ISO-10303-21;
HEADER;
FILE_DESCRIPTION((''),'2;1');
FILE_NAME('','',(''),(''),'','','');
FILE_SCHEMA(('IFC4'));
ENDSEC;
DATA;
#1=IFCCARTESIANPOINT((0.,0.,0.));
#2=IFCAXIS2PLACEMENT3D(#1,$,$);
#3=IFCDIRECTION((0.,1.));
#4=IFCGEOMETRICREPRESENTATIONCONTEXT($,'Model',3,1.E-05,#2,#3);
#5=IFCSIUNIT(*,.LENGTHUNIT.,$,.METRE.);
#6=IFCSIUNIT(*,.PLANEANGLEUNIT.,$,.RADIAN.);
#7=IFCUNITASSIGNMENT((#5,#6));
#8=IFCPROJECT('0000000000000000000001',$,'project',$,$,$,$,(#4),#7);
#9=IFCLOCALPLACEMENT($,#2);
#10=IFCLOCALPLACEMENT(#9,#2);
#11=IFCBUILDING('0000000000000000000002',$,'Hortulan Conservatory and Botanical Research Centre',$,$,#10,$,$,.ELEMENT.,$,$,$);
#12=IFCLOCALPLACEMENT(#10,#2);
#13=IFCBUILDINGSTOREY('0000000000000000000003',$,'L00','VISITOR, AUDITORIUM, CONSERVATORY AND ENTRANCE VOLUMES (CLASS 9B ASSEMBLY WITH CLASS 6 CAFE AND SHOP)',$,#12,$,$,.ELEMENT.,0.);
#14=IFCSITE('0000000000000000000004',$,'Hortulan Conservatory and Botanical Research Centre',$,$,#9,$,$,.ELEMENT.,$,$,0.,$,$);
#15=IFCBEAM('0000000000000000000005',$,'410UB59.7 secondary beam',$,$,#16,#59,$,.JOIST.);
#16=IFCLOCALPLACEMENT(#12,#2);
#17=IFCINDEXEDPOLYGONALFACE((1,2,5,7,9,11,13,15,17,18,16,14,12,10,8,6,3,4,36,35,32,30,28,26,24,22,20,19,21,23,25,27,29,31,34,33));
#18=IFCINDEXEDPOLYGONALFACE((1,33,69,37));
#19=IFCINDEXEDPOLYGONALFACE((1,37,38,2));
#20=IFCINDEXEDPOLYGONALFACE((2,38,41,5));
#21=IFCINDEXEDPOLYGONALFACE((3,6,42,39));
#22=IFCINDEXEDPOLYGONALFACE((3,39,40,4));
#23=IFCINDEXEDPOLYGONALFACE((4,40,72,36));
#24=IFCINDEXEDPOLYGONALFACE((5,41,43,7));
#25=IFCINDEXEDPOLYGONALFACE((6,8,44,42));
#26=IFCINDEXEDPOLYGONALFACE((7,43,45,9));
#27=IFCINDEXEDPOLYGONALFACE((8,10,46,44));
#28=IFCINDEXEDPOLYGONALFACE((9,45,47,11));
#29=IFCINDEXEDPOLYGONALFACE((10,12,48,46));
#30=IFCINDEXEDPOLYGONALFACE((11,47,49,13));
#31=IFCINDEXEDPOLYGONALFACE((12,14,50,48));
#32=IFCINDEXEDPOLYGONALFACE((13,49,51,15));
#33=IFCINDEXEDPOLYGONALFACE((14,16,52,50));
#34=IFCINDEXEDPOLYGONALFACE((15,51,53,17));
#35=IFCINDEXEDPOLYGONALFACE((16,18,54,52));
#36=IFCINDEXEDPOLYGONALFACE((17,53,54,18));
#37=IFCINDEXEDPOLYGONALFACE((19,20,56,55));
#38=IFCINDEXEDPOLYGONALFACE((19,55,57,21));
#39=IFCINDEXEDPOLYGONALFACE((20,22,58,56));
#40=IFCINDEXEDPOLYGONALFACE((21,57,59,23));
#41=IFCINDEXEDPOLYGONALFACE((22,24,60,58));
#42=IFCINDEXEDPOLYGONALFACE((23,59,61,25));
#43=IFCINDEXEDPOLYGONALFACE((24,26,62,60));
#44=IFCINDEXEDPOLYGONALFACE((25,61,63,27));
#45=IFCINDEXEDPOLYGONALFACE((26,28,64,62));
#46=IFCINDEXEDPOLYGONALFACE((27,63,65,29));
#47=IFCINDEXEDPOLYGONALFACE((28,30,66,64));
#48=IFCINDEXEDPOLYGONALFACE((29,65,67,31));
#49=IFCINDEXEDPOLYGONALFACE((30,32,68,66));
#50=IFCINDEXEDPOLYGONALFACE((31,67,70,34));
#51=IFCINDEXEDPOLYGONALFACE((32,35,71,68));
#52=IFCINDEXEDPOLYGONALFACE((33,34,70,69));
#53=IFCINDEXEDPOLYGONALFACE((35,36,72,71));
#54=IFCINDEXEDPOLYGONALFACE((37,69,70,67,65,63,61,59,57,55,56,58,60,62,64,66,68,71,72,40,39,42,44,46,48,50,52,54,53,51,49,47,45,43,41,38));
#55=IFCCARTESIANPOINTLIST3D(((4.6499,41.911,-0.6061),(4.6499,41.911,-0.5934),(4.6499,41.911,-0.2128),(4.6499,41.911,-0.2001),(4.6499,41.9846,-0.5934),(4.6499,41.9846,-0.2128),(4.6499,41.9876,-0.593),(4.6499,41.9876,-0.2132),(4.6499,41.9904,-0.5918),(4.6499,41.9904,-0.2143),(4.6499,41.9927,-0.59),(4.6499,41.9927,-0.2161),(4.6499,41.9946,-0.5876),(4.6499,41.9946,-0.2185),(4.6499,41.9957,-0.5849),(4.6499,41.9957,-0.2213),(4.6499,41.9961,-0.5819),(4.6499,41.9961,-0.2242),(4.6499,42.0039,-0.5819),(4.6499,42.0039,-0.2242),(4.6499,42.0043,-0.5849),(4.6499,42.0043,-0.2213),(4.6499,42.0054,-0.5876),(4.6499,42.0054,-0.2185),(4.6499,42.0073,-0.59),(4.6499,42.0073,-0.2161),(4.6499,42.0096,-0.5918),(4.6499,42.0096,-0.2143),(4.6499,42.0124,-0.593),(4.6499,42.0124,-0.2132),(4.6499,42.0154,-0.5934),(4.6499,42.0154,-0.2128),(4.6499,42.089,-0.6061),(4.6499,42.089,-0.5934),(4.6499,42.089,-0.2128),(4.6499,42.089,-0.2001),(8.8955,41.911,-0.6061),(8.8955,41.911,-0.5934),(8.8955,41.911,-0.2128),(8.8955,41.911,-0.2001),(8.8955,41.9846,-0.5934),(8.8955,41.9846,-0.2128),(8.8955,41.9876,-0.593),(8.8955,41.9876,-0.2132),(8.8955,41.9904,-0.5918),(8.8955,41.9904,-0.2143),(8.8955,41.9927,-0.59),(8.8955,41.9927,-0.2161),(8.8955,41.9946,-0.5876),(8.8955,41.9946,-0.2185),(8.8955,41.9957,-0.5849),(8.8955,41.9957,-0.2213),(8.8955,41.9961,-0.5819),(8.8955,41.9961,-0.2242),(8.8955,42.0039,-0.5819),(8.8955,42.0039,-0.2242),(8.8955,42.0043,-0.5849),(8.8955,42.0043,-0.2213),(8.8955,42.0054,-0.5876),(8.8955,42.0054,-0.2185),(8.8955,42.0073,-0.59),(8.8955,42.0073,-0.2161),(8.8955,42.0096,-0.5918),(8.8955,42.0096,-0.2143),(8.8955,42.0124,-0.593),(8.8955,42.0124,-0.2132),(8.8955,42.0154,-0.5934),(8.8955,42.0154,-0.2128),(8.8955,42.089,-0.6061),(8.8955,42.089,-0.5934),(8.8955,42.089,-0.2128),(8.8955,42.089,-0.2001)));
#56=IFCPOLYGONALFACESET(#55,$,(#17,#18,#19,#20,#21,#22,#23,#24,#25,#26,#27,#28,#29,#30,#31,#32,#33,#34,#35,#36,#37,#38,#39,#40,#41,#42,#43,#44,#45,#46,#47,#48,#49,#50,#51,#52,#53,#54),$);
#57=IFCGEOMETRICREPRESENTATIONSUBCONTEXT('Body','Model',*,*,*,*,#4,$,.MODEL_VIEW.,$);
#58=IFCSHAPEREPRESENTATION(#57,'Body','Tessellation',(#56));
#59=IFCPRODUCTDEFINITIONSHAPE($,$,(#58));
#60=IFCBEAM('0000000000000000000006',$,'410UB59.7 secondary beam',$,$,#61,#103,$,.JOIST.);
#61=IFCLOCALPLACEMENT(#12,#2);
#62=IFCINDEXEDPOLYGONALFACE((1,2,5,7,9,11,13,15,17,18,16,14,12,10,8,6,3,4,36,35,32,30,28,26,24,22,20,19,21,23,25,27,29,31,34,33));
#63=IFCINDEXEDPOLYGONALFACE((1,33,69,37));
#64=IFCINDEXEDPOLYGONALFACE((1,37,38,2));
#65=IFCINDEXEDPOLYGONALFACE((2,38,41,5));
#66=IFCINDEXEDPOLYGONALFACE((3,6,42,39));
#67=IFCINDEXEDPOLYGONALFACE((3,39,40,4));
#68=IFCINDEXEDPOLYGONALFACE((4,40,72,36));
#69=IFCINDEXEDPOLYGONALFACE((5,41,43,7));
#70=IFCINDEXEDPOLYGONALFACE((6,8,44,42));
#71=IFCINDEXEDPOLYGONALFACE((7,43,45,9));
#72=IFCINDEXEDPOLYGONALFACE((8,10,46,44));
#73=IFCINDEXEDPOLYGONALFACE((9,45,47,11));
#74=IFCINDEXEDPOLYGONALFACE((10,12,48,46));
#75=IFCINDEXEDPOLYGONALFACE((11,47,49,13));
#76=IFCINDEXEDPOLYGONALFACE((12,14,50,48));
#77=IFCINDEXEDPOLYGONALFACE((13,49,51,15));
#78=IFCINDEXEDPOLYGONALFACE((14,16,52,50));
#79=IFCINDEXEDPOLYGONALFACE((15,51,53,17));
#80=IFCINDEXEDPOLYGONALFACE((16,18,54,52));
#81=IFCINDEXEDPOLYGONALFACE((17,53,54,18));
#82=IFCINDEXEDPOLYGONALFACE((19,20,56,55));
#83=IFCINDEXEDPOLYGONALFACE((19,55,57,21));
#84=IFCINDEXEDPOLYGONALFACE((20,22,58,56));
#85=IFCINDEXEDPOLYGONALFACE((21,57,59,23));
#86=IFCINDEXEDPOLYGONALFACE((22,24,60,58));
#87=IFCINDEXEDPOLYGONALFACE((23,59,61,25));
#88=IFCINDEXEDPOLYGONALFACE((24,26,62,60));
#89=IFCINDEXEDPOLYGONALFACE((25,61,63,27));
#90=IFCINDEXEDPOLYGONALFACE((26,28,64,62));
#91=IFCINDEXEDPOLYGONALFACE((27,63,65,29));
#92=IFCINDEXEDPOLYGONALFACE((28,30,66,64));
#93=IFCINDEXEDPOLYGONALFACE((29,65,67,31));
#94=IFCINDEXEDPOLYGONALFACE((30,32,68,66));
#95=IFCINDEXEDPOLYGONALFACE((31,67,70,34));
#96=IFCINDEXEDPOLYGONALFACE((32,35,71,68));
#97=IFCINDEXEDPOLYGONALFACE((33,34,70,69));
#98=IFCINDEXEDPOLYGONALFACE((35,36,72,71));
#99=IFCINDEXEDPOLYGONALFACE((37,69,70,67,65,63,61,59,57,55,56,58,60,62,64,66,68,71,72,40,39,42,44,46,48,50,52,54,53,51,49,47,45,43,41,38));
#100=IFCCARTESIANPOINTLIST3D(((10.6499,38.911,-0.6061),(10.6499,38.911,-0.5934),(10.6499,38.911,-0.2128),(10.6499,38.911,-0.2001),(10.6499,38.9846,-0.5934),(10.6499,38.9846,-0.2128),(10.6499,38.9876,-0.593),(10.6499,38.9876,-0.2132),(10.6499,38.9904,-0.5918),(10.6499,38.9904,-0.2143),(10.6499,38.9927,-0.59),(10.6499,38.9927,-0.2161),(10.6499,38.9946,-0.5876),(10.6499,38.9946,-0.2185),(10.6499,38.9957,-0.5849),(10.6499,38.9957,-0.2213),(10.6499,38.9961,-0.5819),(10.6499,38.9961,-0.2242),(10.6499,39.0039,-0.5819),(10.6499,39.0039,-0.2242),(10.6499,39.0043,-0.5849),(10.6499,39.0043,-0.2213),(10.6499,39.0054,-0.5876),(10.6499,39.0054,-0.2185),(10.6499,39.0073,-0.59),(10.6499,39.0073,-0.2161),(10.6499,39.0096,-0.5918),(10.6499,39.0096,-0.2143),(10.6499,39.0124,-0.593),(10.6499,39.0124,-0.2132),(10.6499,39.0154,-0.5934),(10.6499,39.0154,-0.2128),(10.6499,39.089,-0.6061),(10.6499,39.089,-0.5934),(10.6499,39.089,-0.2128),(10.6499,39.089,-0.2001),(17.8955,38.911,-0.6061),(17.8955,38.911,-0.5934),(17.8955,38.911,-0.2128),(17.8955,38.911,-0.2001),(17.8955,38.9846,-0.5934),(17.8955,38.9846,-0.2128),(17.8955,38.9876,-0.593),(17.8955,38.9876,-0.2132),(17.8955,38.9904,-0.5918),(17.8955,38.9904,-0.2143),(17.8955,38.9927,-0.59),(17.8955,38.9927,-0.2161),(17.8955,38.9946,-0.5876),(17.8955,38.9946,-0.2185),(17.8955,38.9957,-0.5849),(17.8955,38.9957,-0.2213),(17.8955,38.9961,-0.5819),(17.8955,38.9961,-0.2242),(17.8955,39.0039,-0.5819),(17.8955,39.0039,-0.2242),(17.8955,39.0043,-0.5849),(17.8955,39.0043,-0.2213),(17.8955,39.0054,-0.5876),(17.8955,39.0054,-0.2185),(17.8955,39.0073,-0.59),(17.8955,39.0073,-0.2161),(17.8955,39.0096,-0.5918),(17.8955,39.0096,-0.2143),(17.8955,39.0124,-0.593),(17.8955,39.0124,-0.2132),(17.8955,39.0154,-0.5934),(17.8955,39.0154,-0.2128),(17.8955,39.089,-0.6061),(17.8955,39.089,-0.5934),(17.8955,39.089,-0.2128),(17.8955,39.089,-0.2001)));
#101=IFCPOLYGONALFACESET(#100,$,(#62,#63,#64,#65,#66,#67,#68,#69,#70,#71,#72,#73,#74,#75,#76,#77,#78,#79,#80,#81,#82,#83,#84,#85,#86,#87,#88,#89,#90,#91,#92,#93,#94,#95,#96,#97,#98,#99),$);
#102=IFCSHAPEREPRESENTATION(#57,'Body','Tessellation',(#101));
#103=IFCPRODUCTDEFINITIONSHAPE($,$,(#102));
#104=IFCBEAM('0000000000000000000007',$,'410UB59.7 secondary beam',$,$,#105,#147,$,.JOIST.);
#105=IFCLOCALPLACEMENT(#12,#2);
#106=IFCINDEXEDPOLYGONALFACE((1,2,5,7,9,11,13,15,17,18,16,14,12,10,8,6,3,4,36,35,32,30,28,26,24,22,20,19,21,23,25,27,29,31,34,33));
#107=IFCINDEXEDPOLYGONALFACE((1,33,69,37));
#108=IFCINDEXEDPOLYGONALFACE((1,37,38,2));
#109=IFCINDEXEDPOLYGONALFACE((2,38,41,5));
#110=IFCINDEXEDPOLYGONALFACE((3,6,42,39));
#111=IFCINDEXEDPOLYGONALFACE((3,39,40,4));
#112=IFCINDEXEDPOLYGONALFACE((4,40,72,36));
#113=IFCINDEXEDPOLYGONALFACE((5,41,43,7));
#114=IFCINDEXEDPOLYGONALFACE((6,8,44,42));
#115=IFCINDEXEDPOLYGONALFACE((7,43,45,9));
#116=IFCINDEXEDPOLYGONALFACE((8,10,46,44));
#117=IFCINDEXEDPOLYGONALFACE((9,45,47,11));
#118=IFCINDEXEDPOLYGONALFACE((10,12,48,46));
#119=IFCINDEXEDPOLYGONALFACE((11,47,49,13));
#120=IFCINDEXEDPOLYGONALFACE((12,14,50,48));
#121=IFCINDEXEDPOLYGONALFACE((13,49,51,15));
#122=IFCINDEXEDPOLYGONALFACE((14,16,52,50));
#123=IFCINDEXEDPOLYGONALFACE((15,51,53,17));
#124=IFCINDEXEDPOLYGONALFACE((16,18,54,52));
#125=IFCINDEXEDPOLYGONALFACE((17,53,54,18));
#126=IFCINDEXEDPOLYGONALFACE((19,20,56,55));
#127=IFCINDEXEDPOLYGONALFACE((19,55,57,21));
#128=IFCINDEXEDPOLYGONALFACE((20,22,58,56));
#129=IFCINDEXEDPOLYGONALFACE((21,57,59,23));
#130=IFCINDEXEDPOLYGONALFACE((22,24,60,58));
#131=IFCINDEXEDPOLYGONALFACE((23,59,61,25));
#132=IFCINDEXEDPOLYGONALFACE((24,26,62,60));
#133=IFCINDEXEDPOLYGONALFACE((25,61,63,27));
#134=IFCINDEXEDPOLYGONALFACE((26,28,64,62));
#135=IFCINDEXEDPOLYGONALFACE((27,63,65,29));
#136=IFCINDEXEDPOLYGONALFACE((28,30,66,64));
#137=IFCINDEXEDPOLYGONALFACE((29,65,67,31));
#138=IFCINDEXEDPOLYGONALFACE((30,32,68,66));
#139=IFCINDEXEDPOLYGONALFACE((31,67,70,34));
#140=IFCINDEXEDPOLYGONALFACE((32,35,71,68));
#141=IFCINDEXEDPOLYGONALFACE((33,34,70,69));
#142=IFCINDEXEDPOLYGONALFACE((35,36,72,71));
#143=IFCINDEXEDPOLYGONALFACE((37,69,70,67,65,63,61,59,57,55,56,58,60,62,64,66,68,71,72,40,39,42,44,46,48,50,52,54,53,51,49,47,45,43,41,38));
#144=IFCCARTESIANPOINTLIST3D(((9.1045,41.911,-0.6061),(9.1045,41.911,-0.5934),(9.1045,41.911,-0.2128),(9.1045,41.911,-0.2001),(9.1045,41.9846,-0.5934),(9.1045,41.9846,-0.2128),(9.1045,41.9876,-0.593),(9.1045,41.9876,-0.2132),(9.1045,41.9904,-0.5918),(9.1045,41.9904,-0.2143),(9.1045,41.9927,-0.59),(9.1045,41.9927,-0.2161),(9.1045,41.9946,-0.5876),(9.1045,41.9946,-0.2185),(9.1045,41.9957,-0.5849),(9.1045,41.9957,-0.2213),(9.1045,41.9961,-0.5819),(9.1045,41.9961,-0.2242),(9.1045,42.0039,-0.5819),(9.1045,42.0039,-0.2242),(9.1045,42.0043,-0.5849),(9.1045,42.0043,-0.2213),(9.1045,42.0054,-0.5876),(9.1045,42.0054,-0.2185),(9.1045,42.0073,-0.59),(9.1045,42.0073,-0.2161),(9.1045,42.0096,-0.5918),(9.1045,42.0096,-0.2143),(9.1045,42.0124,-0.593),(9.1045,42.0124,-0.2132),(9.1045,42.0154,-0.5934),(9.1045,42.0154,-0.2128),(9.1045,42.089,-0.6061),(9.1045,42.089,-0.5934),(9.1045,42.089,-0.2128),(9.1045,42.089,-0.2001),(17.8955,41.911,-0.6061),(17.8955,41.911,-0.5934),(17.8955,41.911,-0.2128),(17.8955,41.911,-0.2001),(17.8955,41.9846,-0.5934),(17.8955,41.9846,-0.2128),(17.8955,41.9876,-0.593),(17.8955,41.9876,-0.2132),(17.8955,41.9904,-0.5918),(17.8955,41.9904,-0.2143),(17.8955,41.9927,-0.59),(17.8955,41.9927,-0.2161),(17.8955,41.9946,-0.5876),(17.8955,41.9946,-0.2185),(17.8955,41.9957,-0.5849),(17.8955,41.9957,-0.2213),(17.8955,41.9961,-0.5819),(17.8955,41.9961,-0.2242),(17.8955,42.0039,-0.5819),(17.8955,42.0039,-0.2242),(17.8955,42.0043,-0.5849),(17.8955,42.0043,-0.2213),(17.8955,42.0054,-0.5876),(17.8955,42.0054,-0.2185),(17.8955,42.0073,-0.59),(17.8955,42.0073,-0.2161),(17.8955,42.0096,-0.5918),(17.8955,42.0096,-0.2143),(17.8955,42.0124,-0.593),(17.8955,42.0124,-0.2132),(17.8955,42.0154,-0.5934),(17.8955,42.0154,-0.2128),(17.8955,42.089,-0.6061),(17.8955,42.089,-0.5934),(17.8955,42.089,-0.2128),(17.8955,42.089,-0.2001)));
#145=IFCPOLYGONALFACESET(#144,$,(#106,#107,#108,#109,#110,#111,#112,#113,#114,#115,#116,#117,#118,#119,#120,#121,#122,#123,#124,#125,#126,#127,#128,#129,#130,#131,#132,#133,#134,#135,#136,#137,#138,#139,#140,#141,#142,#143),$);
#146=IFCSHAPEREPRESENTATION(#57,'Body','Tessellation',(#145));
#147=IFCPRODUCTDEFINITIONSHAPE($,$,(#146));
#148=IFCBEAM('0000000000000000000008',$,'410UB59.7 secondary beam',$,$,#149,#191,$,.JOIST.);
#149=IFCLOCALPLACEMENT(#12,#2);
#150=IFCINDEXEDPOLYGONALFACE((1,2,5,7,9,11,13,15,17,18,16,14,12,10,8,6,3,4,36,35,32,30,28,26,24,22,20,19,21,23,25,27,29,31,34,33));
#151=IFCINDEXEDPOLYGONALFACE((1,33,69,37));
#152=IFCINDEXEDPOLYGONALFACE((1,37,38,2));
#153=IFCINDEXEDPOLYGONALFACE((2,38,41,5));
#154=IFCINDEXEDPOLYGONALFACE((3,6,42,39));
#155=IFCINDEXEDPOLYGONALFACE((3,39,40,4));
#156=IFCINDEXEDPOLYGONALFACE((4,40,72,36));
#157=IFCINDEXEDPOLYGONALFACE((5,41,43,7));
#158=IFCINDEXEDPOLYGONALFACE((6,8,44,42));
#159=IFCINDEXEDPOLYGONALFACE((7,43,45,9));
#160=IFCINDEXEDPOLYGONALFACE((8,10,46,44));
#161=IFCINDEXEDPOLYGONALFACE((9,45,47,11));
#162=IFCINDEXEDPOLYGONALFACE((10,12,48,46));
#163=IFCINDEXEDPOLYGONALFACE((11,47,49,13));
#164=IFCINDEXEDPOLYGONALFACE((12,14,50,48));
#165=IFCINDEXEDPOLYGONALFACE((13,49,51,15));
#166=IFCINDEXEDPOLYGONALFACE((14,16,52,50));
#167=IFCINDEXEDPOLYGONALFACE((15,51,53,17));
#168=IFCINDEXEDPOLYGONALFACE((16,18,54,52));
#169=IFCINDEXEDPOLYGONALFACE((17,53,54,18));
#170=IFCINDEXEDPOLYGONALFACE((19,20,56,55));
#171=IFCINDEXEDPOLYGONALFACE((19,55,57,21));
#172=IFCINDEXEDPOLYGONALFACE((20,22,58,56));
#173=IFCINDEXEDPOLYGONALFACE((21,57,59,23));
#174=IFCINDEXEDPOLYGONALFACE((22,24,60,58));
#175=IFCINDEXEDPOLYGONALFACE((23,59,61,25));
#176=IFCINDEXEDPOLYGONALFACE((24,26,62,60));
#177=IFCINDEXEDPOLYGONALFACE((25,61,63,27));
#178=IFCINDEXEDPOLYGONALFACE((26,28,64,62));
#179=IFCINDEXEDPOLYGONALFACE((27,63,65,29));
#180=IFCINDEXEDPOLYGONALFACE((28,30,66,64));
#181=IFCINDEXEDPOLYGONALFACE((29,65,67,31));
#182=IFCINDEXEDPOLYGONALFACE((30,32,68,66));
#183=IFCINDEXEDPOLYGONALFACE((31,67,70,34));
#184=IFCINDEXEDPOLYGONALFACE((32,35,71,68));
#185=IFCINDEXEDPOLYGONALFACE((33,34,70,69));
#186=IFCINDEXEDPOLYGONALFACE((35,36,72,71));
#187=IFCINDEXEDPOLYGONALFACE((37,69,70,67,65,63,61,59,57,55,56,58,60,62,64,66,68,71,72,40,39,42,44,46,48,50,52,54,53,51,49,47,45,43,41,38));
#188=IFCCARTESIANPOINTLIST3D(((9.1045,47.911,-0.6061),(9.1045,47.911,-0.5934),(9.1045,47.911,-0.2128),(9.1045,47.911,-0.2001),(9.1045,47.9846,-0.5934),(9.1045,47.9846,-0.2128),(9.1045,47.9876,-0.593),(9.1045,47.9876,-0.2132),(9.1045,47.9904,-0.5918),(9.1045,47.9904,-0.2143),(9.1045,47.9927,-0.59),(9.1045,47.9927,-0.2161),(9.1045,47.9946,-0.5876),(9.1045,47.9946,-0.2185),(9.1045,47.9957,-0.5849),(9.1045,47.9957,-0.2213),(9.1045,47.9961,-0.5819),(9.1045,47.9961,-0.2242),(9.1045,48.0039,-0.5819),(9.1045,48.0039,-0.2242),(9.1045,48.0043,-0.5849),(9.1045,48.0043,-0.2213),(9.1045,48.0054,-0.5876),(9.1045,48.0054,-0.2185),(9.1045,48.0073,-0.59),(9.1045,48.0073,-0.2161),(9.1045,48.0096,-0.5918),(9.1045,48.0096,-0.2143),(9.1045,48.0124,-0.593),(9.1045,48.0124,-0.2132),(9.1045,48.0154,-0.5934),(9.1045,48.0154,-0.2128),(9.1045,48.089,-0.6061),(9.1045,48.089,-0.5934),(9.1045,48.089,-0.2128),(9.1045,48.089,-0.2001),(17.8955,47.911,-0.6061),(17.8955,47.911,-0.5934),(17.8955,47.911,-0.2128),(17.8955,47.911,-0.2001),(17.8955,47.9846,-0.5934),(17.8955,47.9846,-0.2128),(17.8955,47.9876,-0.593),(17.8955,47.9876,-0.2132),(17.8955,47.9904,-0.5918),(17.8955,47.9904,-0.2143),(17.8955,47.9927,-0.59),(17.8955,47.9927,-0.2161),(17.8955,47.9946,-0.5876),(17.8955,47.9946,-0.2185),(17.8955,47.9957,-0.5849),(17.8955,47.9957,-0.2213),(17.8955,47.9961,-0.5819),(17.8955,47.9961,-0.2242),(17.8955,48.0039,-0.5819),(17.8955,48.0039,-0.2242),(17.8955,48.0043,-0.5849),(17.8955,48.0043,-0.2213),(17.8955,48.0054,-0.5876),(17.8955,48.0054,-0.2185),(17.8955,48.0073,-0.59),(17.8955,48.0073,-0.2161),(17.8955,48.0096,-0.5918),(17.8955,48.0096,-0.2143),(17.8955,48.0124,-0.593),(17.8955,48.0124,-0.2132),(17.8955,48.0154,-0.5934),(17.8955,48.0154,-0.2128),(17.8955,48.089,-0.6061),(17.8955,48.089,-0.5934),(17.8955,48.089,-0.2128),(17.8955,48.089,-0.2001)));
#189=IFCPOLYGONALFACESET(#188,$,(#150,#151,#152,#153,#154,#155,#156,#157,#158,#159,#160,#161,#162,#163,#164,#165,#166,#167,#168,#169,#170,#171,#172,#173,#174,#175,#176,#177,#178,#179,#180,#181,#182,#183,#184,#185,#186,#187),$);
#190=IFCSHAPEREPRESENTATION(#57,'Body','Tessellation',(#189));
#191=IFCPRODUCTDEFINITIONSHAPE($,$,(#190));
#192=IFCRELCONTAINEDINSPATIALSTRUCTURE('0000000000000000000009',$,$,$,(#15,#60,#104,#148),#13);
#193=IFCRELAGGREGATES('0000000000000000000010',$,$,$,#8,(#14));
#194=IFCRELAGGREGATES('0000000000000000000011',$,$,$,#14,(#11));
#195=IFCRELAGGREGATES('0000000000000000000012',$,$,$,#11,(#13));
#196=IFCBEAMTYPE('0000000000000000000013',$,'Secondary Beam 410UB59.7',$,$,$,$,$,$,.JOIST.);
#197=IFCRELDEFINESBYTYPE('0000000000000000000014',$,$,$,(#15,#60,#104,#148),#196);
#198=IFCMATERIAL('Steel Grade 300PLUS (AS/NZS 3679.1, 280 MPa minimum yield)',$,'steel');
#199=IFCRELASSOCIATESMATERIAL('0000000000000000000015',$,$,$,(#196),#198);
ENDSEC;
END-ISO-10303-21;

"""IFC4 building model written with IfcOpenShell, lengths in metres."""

from ifc_helpers import new_model, si_unit, direction, frame, origin, origin_2d, place, context, subcontext, project, spatial, i_section, extrude, material, material_profile, profile_set, type_object, element, save


model = new_model("IFC4")

# Units and contexts
model_context = context("Model", 3, precision=1e-05, world=origin(), true_north=direction((0.0, 1.0)))
body_context = subcontext(model_context, "Body", "Model", "MODEL_VIEW")
ifc_project = project(units=[si_unit("LENGTHUNIT", "METRE"), si_unit("PLANEANGLEUNIT", "RADIAN")], contexts=[model_context])

# Site, building, storey
site_placement = place(None, origin())
site = spatial("IfcSite", under=ifc_project, at=site_placement, Name="Hortulan Conservatory and Botanical Research Centre", CompositionType="ELEMENT", RefElevation=0.0)
building_placement = place(site_placement, origin())
building = spatial("IfcBuilding", under=site, at=building_placement, Name="Hortulan Conservatory and Botanical Research Centre", CompositionType="ELEMENT")
storey_placement = place(building_placement, origin())
storey = spatial("IfcBuildingStorey", under=building, at=storey_placement, Name="L00", Description="VISITOR, AUDITORIUM, CONSERVATORY AND ENTRANCE VOLUMES (CLASS 9B ASSEMBLY WITH CLASS 6 CAFE AND SHOP)", CompositionType="ELEMENT", Elevation=0.0)

# Shared definitions
ifc_material_1 = material(Name="Steel Grade 300PLUS (AS/NZS 3679.1, 280 MPa minimum yield)", Category="steel")

# Beams
ifc_material_profile_1 = material_profile(ifc_material_1, i_section(OverallWidth=0.178, OverallDepth=0.406, WebThickness=0.0078, FlangeThickness=0.0127, FilletRadius=0.0115, at=origin_2d()), Name="410UB59.7")
ifc_profile_set_1 = profile_set([ifc_material_profile_1], Name="Steel Grade 300PLUS (AS/NZS 3679.1, 280 MPa minimum yield)")
beam_type_1 = type_object("IfcBeamType", Name="Secondary Beam 410UB59.7", PredefinedType="JOIST", material=ifc_profile_set_1)
beam_1_placement = place(storey_placement, frame((4.6499, 42.0, -0.4031), z_axis=(1.0, 0.0, 0.0), x_axis=(0.0, 1.0, 0.0)))
element("IfcBeam", 1, at=beam_1_placement, inside=storey, type_object=beam_type_1, Name="410UB59.7 secondary beam", PredefinedType="JOIST", context=body_context, shape_type="SweptSolid", body=[
    extrude(i_section(OverallWidth=0.178, OverallDepth=0.406, WebThickness=0.0078, FlangeThickness=0.0127, FilletRadius=0.0115, at=origin_2d()), origin(), (0.0, 0.0, 1.0), 4.2456),
])
beam_2_placement = place(storey_placement, frame((10.6499, 39.0, -0.4031), z_axis=(1.0, 0.0, 0.0), x_axis=(0.0, 1.0, 0.0)))
element("IfcBeam", 2, at=beam_2_placement, inside=storey, type_object=beam_type_1, Name="410UB59.7 secondary beam", PredefinedType="JOIST", context=body_context, shape_type="SweptSolid", body=[
    extrude(i_section(OverallWidth=0.178, OverallDepth=0.406, WebThickness=0.0078, FlangeThickness=0.0127, FilletRadius=0.0115, at=origin_2d()), origin(), (0.0, 0.0, 1.0), 7.2456),
])
for number, where, z_axis, x_axis, name in (
    (3, (9.1045, 42.0, -0.4031), (1.0, 0.0, 0.0), (0.0, 1.0, 0.0), "410UB59.7 secondary beam"),
    (4, (9.1045, 48.0, -0.4031), (1.0, 0.0, 0.0), (0.0, 1.0, 0.0), "410UB59.7 secondary beam"),
):
    element("IfcBeam", number, at=place(storey_placement, frame(where, z_axis=z_axis, x_axis=x_axis)), inside=storey, type_object=beam_type_1, Name=name, PredefinedType="JOIST", context=body_context, shape_type="SweptSolid", body=[
        extrude(i_section(OverallWidth=0.178, OverallDepth=0.406, WebThickness=0.0078, FlangeThickness=0.0127, FilletRadius=0.0115, at=origin_2d()), origin(), (0.0, 0.0, 1.0), 8.791),
    ])

save(model, "model.ifc")
